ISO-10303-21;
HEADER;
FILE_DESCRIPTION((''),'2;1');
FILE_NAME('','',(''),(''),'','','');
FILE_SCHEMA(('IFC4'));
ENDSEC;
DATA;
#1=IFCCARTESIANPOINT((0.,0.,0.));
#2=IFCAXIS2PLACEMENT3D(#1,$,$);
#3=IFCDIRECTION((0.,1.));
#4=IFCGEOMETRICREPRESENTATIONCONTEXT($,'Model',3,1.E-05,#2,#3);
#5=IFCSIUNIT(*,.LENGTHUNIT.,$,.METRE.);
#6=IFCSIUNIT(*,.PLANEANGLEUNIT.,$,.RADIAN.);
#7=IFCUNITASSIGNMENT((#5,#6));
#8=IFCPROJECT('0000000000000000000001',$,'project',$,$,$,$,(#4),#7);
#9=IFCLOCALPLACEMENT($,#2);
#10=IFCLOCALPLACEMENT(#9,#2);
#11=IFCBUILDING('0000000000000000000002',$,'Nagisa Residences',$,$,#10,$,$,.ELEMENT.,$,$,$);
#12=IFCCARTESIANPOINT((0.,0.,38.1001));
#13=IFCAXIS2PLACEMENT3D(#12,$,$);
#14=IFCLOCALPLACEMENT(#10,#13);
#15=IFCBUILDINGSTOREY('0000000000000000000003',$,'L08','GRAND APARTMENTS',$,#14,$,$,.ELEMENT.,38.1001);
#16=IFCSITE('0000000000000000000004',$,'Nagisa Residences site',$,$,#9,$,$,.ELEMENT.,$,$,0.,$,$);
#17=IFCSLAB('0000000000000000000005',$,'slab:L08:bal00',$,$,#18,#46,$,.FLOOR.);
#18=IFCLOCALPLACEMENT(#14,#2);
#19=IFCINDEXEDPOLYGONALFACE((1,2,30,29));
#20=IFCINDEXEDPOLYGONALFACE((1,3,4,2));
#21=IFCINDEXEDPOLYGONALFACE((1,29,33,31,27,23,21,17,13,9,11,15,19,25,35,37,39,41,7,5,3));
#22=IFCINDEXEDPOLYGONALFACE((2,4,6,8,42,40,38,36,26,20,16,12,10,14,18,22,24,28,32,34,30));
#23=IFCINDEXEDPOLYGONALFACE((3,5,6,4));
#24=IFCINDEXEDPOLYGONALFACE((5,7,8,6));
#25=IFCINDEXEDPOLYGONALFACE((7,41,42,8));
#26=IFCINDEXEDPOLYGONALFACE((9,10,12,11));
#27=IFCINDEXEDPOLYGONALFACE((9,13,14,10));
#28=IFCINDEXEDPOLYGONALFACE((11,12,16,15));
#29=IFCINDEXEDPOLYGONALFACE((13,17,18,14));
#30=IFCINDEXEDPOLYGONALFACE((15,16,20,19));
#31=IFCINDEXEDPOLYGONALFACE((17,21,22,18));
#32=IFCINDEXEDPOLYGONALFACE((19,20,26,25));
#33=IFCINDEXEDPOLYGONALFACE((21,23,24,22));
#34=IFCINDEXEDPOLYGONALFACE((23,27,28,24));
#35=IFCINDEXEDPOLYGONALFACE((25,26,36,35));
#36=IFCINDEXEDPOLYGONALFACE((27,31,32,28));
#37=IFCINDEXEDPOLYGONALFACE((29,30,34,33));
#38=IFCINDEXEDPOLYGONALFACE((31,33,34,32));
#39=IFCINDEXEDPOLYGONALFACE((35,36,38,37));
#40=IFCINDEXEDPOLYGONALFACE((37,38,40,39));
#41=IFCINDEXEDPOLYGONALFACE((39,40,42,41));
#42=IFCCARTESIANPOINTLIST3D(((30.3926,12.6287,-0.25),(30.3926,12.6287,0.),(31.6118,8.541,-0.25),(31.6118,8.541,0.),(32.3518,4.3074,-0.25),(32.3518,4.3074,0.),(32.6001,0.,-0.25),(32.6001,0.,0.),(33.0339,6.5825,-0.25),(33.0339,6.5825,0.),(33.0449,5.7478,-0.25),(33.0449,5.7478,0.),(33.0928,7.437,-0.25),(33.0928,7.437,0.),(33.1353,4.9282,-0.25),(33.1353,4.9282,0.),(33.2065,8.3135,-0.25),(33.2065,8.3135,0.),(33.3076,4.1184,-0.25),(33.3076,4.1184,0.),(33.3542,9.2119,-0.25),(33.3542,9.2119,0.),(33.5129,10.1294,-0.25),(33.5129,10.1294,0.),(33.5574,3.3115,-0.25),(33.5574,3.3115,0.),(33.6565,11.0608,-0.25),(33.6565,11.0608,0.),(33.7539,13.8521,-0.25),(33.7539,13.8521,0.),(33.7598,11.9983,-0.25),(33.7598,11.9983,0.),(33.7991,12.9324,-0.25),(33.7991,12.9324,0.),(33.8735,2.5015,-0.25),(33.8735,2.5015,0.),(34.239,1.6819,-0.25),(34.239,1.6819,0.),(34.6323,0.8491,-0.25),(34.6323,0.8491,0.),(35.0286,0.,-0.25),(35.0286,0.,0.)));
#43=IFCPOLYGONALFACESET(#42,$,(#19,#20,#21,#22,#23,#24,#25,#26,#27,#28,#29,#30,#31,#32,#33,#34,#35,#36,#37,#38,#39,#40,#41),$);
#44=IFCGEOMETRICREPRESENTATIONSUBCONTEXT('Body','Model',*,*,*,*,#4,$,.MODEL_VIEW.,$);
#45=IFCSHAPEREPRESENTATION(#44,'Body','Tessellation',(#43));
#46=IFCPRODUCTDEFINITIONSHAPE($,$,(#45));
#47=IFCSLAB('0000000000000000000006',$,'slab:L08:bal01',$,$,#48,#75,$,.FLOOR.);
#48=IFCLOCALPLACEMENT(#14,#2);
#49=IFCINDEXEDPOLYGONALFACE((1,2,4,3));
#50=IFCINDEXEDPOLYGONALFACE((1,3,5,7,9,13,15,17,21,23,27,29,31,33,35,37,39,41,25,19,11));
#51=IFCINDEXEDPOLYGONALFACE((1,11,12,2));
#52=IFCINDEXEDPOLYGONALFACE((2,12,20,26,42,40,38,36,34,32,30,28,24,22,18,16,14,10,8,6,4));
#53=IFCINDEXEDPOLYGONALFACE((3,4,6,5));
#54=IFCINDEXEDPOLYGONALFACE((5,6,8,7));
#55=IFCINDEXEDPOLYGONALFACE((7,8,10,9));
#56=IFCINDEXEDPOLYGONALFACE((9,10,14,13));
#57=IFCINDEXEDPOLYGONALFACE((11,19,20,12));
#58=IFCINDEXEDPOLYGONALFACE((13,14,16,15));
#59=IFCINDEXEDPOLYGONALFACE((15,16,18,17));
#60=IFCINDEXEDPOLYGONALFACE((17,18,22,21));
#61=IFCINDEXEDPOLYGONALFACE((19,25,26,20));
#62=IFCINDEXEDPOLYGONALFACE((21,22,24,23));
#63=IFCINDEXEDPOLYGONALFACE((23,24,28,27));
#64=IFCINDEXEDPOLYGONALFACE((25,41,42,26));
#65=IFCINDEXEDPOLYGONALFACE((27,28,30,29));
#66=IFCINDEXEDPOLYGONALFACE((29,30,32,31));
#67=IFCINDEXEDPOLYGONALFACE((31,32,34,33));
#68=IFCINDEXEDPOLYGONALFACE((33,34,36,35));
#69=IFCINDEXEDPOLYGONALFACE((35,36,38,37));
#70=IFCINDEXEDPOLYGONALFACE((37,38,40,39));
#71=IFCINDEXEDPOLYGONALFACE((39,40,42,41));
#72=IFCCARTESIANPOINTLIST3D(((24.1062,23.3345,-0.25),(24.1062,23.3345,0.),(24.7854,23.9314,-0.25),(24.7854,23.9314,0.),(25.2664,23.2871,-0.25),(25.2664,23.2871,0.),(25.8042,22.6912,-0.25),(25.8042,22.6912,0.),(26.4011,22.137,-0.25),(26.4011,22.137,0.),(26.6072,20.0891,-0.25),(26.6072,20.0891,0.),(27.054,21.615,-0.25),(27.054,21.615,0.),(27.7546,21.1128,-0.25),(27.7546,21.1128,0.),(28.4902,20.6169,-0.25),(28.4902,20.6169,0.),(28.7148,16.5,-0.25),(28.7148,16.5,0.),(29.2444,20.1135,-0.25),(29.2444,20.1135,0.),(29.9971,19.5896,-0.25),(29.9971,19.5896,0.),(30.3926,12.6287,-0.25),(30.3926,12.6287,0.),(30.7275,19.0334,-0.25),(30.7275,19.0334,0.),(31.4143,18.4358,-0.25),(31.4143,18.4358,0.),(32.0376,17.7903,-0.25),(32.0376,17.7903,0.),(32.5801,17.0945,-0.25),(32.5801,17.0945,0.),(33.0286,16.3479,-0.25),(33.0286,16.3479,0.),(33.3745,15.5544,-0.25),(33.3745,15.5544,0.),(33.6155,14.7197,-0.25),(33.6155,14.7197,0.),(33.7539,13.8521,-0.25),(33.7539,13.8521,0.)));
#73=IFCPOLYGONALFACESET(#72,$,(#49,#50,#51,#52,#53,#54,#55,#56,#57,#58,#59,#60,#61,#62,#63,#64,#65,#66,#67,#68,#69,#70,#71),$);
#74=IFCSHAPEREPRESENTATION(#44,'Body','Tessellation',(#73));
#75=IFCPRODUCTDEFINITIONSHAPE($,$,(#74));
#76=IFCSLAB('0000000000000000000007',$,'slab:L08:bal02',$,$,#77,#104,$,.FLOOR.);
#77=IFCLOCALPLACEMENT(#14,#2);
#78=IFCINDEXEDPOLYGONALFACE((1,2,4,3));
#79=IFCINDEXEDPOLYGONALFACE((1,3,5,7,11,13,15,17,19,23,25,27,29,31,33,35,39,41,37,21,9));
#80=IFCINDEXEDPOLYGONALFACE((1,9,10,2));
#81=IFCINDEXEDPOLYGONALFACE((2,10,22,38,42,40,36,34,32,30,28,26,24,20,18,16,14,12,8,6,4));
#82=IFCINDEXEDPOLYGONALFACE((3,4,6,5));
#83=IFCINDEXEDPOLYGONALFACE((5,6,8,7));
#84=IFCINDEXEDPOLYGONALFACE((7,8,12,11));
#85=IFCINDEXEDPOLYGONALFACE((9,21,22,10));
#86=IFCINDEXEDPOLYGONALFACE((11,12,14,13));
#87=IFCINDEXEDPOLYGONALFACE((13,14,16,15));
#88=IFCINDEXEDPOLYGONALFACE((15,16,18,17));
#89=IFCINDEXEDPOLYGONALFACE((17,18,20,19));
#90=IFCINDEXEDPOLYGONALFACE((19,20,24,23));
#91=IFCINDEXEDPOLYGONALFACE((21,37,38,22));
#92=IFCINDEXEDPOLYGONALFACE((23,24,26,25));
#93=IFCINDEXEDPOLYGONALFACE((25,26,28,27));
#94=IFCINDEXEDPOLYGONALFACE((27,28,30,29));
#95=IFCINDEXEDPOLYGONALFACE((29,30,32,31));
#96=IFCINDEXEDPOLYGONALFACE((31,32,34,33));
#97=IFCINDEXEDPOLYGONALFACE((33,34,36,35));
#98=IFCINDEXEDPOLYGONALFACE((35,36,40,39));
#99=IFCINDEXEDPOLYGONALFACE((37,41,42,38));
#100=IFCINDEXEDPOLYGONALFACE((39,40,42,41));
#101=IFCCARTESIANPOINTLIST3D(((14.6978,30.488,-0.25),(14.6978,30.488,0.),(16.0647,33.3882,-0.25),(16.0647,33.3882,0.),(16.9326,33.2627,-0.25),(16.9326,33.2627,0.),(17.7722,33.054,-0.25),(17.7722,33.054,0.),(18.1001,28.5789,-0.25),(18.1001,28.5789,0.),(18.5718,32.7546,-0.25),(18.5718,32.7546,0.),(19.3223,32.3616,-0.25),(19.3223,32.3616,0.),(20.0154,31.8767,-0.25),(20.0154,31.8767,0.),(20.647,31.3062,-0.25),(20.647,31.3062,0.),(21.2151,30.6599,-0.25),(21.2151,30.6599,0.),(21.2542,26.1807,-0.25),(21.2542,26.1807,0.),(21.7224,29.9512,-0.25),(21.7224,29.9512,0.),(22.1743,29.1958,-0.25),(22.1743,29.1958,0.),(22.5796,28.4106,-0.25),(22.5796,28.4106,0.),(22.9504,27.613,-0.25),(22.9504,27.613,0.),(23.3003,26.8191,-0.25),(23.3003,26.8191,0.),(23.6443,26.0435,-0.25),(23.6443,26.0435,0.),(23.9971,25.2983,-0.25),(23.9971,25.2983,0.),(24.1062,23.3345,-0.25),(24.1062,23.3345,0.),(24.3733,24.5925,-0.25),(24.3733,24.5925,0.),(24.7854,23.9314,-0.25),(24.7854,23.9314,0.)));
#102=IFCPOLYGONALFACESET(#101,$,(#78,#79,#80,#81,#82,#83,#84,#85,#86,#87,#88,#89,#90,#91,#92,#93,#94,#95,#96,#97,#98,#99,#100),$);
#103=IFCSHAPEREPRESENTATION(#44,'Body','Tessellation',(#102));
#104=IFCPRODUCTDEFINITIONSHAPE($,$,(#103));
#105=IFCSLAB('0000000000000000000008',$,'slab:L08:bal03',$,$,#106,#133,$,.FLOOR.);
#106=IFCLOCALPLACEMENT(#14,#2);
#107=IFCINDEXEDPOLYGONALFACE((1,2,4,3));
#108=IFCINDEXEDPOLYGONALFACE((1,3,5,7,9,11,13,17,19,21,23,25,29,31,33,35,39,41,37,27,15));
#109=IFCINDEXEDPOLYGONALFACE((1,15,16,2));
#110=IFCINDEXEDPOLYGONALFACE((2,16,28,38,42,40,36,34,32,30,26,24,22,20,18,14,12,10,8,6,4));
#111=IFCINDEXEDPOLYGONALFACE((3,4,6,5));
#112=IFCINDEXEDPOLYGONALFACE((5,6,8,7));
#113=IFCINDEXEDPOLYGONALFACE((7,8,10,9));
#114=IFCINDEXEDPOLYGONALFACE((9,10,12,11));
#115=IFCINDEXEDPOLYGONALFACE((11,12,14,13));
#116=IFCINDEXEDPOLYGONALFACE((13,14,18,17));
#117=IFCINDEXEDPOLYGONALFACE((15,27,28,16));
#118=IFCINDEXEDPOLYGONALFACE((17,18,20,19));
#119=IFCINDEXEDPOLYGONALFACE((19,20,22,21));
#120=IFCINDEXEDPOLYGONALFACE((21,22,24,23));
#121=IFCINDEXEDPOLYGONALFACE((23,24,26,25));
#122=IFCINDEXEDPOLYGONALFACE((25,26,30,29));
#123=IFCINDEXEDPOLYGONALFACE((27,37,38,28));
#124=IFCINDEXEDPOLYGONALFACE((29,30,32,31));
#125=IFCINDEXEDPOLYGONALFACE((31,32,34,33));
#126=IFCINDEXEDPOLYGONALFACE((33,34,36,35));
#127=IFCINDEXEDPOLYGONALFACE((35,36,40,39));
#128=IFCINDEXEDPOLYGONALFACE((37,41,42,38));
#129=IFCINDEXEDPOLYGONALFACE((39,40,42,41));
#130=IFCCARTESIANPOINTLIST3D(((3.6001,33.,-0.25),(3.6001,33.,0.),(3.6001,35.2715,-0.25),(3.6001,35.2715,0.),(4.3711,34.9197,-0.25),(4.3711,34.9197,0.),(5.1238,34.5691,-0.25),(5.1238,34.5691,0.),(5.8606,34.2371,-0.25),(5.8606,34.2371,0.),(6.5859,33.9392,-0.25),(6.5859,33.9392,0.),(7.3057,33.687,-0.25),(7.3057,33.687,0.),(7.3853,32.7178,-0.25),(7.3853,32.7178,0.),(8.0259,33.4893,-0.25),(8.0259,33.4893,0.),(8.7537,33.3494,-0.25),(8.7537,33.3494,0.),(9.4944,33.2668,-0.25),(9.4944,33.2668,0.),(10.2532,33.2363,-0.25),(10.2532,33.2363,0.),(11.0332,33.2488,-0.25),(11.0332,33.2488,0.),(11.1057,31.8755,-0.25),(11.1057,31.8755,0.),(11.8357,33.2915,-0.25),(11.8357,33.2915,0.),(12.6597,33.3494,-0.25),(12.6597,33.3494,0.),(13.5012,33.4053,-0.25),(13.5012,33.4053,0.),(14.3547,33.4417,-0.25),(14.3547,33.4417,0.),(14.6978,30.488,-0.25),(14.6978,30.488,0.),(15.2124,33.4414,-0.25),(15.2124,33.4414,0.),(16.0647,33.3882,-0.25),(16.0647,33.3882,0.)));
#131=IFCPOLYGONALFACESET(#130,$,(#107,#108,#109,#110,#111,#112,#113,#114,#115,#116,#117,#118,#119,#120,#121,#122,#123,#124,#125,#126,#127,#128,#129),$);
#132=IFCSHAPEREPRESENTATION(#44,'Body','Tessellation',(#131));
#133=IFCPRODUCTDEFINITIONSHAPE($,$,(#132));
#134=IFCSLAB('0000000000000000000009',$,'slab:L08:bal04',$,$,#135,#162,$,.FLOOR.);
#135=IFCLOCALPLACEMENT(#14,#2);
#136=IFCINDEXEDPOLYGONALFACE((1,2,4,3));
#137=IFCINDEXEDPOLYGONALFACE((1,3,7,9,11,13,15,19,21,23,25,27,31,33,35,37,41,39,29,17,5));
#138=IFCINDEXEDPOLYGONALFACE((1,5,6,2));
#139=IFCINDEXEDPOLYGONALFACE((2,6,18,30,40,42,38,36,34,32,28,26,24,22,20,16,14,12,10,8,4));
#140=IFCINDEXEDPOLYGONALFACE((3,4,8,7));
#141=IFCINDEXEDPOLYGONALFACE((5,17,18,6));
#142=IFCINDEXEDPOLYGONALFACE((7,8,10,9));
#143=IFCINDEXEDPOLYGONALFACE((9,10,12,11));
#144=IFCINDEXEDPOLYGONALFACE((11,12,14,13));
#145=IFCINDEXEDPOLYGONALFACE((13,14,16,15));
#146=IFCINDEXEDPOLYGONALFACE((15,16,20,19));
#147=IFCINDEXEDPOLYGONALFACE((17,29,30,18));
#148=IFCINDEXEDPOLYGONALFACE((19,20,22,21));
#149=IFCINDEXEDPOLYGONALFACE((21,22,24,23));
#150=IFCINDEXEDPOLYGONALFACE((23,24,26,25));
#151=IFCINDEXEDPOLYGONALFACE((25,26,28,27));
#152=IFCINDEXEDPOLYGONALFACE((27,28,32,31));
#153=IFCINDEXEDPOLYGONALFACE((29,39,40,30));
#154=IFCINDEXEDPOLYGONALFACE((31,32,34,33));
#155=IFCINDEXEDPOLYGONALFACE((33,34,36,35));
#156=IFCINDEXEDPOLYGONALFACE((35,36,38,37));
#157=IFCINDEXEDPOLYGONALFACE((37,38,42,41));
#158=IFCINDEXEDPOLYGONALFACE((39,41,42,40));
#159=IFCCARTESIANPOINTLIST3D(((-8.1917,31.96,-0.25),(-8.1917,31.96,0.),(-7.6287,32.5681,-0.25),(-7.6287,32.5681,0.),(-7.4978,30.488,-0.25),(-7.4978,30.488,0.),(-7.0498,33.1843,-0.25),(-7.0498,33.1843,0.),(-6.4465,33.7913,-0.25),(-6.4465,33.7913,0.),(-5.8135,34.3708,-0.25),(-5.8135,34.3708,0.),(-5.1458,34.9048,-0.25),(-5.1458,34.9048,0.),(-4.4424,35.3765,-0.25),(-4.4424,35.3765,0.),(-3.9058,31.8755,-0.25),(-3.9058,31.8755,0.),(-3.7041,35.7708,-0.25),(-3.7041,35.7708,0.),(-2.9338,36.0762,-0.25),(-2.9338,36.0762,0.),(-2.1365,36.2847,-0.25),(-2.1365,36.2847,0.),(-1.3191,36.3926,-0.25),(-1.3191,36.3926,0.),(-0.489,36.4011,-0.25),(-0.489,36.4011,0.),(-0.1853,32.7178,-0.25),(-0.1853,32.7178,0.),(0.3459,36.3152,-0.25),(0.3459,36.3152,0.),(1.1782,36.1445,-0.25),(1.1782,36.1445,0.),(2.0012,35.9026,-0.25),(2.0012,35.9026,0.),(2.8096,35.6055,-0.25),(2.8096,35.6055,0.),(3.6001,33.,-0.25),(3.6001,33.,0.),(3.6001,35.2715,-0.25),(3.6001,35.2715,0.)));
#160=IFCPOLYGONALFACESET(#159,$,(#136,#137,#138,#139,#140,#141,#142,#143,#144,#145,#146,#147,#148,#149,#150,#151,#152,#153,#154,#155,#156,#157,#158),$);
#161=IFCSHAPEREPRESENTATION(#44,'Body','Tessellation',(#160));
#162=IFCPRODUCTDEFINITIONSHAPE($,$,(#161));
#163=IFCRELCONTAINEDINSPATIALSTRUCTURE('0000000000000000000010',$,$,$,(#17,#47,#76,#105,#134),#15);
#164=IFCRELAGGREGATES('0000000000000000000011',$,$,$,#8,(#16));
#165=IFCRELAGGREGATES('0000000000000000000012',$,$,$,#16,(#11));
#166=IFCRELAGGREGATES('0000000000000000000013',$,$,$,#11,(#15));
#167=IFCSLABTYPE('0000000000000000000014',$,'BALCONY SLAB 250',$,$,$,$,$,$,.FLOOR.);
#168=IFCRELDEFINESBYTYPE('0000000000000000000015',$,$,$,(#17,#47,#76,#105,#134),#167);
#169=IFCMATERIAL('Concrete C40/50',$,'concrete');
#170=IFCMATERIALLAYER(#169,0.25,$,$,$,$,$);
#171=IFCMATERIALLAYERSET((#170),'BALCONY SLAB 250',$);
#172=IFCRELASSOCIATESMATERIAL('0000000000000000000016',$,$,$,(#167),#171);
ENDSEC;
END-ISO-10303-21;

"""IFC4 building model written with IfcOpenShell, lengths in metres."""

from ifc_helpers import new_model, si_unit, direction, frame, origin, place, context, subcontext, project, spatial, polyline, outline, extrude, material, layer, layer_set, type_object, element, save


model = new_model("IFC4")

# Units and contexts
model_context = context("Model", 3, precision=1e-05, world=origin(), true_north=direction((0.0, 1.0)))
body_context = subcontext(model_context, "Body", "Model", "MODEL_VIEW")
ifc_project = project(units=[si_unit("LENGTHUNIT", "METRE"), si_unit("PLANEANGLEUNIT", "RADIAN")], contexts=[model_context])

# Site, building, storey
site_placement = place(None, origin())
site = spatial("IfcSite", under=ifc_project, at=site_placement, Name="Nagisa Residences site", CompositionType="ELEMENT", RefElevation=0.0)
building_placement = place(site_placement, origin())
building = spatial("IfcBuilding", under=site, at=building_placement, Name="Nagisa Residences", CompositionType="ELEMENT")
storey_placement = place(building_placement, frame((0.0, 0.0, 38.1001)))
storey = spatial("IfcBuildingStorey", under=building, at=storey_placement, Name="L08", Description="GRAND APARTMENTS", CompositionType="ELEMENT", Elevation=38.1001)

# Slabs
ifc_material_1 = material(Name="Concrete C40/50", Category="concrete")
ifc_layer_1 = layer(ifc_material_1, 0.25)
ifc_layer_set_1 = layer_set([ifc_layer_1], Name="BALCONY SLAB 250")
slab_type_1 = type_object("IfcSlabType", Name="BALCONY SLAB 250", PredefinedType="FLOOR", material=ifc_layer_set_1)
slab_1_placement = place(storey_placement, frame((0.0, 0.0, -0.25)))
element("IfcSlab", 1, at=slab_1_placement, inside=storey, type_object=slab_type_1, Name="slab:L08:bal00", PredefinedType="FLOOR", context=body_context, shape_type="SweptSolid", body=[
    extrude(outline(polyline([(35.0286, 0.0), (34.6323, 0.8491), (34.239, 1.6819), (33.8735, 2.5015), (33.5574, 3.3115), (33.3076, 4.1184), (33.1353, 4.9282), (33.0449, 5.7478), (33.0339, 6.5825), (33.0928, 7.437), (33.2065, 8.3135), (33.3542, 9.2119), (33.5129, 10.1294), (33.6565, 11.0608), (33.7598, 11.9983), (33.7991, 12.9324), (33.7539, 13.8521), (30.3926, 12.6287), (31.6118, 8.541), (32.3518, 4.3074), (32.6001, 0.0), (35.0286, 0.0)])), origin(), (0.0, 0.0, 1.0), 0.25),
])
slab_2_placement = place(storey_placement, frame((0.0, 0.0, -0.25)))
element("IfcSlab", 2, at=slab_2_placement, inside=storey, type_object=slab_type_1, Name="slab:L08:bal01", PredefinedType="FLOOR", context=body_context, shape_type="SweptSolid", body=[
    extrude(outline(polyline([(33.7539, 13.8521), (33.6155, 14.7197), (33.3745, 15.5544), (33.0286, 16.3479), (32.5801, 17.0945), (32.0376, 17.7903), (31.4143, 18.4358), (30.7275, 19.0334), (29.9971, 19.5896), (29.2444, 20.1135), (28.4902, 20.6169), (27.7546, 21.1128), (27.054, 21.615), (26.4011, 22.137), (25.8042, 22.6912), (25.2664, 23.2871), (24.7854, 23.9314), (24.1062, 23.3345), (26.6072, 20.0891), (28.7148, 16.5), (30.3926, 12.6287), (33.7539, 13.8521)])), origin(), (0.0, 0.0, 1.0), 0.25),
])
slab_3_placement = place(storey_placement, frame((0.0, 0.0, -0.25)))
element("IfcSlab", 3, at=slab_3_placement, inside=storey, type_object=slab_type_1, Name="slab:L08:bal02", PredefinedType="FLOOR", context=body_context, shape_type="SweptSolid", body=[
    extrude(outline(polyline([(24.7854, 23.9314), (24.3733, 24.5925), (23.9971, 25.2983), (23.6443, 26.0435), (23.3003, 26.8191), (22.9504, 27.613), (22.5796, 28.4106), (22.1743, 29.1958), (21.7224, 29.9512), (21.2151, 30.6599), (20.647, 31.3062), (20.0154, 31.8767), (19.3223, 32.3616), (18.5718, 32.7546), (17.7722, 33.054), (16.9326, 33.2627), (16.0647, 33.3882), (14.6978, 30.488), (18.1001, 28.5789), (21.2542, 26.1807), (24.1062, 23.3345), (24.7854, 23.9314)])), origin(), (0.0, 0.0, 1.0), 0.25),
])
slab_4_placement = place(storey_placement, frame((0.0, 0.0, -0.25)))
element("IfcSlab", 4, at=slab_4_placement, inside=storey, type_object=slab_type_1, Name="slab:L08:bal03", PredefinedType="FLOOR", context=body_context, shape_type="SweptSolid", body=[
    extrude(outline(polyline([(16.0647, 33.3882), (15.2124, 33.4414), (14.3547, 33.4417), (13.5012, 33.4053), (12.6597, 33.3494), (11.8357, 33.2915), (11.0332, 33.2488), (10.2532, 33.2363), (9.4944, 33.2668), (8.7537, 33.3494), (8.0259, 33.4893), (7.3057, 33.687), (6.5859, 33.9392), (5.8606, 34.2371), (5.1238, 34.5691), (4.3711, 34.9197), (3.6001, 35.2715), (3.6001, 33.0), (7.3853, 32.7178), (11.1057, 31.8755), (14.6978, 30.488), (16.0647, 33.3882)])), origin(), (0.0, 0.0, 1.0), 0.25),
])
slab_5_placement = place(storey_placement, frame((0.0, 0.0, -0.25)))
element("IfcSlab", 5, at=slab_5_placement, inside=storey, type_object=slab_type_1, Name="slab:L08:bal04", PredefinedType="FLOOR", context=body_context, shape_type="SweptSolid", body=[
    extrude(outline(polyline([(3.6001, 35.2715), (2.8096, 35.6055), (2.0012, 35.9026), (1.1782, 36.1445), (0.3459, 36.3152), (-0.489, 36.4011), (-1.3191, 36.3926), (-2.1365, 36.2847), (-2.9338, 36.0762), (-3.7041, 35.7708), (-4.4424, 35.3765), (-5.1458, 34.9048), (-5.8135, 34.3708), (-6.4465, 33.7913), (-7.0498, 33.1843), (-7.6287, 32.5681), (-8.1917, 31.96), (-7.4978, 30.488), (-3.9058, 31.8755), (-0.1853, 32.7178), (3.6001, 33.0), (3.6001, 35.2715)])), origin(), (0.0, 0.0, 1.0), 0.25),
])

save(model, "model.ifc")
